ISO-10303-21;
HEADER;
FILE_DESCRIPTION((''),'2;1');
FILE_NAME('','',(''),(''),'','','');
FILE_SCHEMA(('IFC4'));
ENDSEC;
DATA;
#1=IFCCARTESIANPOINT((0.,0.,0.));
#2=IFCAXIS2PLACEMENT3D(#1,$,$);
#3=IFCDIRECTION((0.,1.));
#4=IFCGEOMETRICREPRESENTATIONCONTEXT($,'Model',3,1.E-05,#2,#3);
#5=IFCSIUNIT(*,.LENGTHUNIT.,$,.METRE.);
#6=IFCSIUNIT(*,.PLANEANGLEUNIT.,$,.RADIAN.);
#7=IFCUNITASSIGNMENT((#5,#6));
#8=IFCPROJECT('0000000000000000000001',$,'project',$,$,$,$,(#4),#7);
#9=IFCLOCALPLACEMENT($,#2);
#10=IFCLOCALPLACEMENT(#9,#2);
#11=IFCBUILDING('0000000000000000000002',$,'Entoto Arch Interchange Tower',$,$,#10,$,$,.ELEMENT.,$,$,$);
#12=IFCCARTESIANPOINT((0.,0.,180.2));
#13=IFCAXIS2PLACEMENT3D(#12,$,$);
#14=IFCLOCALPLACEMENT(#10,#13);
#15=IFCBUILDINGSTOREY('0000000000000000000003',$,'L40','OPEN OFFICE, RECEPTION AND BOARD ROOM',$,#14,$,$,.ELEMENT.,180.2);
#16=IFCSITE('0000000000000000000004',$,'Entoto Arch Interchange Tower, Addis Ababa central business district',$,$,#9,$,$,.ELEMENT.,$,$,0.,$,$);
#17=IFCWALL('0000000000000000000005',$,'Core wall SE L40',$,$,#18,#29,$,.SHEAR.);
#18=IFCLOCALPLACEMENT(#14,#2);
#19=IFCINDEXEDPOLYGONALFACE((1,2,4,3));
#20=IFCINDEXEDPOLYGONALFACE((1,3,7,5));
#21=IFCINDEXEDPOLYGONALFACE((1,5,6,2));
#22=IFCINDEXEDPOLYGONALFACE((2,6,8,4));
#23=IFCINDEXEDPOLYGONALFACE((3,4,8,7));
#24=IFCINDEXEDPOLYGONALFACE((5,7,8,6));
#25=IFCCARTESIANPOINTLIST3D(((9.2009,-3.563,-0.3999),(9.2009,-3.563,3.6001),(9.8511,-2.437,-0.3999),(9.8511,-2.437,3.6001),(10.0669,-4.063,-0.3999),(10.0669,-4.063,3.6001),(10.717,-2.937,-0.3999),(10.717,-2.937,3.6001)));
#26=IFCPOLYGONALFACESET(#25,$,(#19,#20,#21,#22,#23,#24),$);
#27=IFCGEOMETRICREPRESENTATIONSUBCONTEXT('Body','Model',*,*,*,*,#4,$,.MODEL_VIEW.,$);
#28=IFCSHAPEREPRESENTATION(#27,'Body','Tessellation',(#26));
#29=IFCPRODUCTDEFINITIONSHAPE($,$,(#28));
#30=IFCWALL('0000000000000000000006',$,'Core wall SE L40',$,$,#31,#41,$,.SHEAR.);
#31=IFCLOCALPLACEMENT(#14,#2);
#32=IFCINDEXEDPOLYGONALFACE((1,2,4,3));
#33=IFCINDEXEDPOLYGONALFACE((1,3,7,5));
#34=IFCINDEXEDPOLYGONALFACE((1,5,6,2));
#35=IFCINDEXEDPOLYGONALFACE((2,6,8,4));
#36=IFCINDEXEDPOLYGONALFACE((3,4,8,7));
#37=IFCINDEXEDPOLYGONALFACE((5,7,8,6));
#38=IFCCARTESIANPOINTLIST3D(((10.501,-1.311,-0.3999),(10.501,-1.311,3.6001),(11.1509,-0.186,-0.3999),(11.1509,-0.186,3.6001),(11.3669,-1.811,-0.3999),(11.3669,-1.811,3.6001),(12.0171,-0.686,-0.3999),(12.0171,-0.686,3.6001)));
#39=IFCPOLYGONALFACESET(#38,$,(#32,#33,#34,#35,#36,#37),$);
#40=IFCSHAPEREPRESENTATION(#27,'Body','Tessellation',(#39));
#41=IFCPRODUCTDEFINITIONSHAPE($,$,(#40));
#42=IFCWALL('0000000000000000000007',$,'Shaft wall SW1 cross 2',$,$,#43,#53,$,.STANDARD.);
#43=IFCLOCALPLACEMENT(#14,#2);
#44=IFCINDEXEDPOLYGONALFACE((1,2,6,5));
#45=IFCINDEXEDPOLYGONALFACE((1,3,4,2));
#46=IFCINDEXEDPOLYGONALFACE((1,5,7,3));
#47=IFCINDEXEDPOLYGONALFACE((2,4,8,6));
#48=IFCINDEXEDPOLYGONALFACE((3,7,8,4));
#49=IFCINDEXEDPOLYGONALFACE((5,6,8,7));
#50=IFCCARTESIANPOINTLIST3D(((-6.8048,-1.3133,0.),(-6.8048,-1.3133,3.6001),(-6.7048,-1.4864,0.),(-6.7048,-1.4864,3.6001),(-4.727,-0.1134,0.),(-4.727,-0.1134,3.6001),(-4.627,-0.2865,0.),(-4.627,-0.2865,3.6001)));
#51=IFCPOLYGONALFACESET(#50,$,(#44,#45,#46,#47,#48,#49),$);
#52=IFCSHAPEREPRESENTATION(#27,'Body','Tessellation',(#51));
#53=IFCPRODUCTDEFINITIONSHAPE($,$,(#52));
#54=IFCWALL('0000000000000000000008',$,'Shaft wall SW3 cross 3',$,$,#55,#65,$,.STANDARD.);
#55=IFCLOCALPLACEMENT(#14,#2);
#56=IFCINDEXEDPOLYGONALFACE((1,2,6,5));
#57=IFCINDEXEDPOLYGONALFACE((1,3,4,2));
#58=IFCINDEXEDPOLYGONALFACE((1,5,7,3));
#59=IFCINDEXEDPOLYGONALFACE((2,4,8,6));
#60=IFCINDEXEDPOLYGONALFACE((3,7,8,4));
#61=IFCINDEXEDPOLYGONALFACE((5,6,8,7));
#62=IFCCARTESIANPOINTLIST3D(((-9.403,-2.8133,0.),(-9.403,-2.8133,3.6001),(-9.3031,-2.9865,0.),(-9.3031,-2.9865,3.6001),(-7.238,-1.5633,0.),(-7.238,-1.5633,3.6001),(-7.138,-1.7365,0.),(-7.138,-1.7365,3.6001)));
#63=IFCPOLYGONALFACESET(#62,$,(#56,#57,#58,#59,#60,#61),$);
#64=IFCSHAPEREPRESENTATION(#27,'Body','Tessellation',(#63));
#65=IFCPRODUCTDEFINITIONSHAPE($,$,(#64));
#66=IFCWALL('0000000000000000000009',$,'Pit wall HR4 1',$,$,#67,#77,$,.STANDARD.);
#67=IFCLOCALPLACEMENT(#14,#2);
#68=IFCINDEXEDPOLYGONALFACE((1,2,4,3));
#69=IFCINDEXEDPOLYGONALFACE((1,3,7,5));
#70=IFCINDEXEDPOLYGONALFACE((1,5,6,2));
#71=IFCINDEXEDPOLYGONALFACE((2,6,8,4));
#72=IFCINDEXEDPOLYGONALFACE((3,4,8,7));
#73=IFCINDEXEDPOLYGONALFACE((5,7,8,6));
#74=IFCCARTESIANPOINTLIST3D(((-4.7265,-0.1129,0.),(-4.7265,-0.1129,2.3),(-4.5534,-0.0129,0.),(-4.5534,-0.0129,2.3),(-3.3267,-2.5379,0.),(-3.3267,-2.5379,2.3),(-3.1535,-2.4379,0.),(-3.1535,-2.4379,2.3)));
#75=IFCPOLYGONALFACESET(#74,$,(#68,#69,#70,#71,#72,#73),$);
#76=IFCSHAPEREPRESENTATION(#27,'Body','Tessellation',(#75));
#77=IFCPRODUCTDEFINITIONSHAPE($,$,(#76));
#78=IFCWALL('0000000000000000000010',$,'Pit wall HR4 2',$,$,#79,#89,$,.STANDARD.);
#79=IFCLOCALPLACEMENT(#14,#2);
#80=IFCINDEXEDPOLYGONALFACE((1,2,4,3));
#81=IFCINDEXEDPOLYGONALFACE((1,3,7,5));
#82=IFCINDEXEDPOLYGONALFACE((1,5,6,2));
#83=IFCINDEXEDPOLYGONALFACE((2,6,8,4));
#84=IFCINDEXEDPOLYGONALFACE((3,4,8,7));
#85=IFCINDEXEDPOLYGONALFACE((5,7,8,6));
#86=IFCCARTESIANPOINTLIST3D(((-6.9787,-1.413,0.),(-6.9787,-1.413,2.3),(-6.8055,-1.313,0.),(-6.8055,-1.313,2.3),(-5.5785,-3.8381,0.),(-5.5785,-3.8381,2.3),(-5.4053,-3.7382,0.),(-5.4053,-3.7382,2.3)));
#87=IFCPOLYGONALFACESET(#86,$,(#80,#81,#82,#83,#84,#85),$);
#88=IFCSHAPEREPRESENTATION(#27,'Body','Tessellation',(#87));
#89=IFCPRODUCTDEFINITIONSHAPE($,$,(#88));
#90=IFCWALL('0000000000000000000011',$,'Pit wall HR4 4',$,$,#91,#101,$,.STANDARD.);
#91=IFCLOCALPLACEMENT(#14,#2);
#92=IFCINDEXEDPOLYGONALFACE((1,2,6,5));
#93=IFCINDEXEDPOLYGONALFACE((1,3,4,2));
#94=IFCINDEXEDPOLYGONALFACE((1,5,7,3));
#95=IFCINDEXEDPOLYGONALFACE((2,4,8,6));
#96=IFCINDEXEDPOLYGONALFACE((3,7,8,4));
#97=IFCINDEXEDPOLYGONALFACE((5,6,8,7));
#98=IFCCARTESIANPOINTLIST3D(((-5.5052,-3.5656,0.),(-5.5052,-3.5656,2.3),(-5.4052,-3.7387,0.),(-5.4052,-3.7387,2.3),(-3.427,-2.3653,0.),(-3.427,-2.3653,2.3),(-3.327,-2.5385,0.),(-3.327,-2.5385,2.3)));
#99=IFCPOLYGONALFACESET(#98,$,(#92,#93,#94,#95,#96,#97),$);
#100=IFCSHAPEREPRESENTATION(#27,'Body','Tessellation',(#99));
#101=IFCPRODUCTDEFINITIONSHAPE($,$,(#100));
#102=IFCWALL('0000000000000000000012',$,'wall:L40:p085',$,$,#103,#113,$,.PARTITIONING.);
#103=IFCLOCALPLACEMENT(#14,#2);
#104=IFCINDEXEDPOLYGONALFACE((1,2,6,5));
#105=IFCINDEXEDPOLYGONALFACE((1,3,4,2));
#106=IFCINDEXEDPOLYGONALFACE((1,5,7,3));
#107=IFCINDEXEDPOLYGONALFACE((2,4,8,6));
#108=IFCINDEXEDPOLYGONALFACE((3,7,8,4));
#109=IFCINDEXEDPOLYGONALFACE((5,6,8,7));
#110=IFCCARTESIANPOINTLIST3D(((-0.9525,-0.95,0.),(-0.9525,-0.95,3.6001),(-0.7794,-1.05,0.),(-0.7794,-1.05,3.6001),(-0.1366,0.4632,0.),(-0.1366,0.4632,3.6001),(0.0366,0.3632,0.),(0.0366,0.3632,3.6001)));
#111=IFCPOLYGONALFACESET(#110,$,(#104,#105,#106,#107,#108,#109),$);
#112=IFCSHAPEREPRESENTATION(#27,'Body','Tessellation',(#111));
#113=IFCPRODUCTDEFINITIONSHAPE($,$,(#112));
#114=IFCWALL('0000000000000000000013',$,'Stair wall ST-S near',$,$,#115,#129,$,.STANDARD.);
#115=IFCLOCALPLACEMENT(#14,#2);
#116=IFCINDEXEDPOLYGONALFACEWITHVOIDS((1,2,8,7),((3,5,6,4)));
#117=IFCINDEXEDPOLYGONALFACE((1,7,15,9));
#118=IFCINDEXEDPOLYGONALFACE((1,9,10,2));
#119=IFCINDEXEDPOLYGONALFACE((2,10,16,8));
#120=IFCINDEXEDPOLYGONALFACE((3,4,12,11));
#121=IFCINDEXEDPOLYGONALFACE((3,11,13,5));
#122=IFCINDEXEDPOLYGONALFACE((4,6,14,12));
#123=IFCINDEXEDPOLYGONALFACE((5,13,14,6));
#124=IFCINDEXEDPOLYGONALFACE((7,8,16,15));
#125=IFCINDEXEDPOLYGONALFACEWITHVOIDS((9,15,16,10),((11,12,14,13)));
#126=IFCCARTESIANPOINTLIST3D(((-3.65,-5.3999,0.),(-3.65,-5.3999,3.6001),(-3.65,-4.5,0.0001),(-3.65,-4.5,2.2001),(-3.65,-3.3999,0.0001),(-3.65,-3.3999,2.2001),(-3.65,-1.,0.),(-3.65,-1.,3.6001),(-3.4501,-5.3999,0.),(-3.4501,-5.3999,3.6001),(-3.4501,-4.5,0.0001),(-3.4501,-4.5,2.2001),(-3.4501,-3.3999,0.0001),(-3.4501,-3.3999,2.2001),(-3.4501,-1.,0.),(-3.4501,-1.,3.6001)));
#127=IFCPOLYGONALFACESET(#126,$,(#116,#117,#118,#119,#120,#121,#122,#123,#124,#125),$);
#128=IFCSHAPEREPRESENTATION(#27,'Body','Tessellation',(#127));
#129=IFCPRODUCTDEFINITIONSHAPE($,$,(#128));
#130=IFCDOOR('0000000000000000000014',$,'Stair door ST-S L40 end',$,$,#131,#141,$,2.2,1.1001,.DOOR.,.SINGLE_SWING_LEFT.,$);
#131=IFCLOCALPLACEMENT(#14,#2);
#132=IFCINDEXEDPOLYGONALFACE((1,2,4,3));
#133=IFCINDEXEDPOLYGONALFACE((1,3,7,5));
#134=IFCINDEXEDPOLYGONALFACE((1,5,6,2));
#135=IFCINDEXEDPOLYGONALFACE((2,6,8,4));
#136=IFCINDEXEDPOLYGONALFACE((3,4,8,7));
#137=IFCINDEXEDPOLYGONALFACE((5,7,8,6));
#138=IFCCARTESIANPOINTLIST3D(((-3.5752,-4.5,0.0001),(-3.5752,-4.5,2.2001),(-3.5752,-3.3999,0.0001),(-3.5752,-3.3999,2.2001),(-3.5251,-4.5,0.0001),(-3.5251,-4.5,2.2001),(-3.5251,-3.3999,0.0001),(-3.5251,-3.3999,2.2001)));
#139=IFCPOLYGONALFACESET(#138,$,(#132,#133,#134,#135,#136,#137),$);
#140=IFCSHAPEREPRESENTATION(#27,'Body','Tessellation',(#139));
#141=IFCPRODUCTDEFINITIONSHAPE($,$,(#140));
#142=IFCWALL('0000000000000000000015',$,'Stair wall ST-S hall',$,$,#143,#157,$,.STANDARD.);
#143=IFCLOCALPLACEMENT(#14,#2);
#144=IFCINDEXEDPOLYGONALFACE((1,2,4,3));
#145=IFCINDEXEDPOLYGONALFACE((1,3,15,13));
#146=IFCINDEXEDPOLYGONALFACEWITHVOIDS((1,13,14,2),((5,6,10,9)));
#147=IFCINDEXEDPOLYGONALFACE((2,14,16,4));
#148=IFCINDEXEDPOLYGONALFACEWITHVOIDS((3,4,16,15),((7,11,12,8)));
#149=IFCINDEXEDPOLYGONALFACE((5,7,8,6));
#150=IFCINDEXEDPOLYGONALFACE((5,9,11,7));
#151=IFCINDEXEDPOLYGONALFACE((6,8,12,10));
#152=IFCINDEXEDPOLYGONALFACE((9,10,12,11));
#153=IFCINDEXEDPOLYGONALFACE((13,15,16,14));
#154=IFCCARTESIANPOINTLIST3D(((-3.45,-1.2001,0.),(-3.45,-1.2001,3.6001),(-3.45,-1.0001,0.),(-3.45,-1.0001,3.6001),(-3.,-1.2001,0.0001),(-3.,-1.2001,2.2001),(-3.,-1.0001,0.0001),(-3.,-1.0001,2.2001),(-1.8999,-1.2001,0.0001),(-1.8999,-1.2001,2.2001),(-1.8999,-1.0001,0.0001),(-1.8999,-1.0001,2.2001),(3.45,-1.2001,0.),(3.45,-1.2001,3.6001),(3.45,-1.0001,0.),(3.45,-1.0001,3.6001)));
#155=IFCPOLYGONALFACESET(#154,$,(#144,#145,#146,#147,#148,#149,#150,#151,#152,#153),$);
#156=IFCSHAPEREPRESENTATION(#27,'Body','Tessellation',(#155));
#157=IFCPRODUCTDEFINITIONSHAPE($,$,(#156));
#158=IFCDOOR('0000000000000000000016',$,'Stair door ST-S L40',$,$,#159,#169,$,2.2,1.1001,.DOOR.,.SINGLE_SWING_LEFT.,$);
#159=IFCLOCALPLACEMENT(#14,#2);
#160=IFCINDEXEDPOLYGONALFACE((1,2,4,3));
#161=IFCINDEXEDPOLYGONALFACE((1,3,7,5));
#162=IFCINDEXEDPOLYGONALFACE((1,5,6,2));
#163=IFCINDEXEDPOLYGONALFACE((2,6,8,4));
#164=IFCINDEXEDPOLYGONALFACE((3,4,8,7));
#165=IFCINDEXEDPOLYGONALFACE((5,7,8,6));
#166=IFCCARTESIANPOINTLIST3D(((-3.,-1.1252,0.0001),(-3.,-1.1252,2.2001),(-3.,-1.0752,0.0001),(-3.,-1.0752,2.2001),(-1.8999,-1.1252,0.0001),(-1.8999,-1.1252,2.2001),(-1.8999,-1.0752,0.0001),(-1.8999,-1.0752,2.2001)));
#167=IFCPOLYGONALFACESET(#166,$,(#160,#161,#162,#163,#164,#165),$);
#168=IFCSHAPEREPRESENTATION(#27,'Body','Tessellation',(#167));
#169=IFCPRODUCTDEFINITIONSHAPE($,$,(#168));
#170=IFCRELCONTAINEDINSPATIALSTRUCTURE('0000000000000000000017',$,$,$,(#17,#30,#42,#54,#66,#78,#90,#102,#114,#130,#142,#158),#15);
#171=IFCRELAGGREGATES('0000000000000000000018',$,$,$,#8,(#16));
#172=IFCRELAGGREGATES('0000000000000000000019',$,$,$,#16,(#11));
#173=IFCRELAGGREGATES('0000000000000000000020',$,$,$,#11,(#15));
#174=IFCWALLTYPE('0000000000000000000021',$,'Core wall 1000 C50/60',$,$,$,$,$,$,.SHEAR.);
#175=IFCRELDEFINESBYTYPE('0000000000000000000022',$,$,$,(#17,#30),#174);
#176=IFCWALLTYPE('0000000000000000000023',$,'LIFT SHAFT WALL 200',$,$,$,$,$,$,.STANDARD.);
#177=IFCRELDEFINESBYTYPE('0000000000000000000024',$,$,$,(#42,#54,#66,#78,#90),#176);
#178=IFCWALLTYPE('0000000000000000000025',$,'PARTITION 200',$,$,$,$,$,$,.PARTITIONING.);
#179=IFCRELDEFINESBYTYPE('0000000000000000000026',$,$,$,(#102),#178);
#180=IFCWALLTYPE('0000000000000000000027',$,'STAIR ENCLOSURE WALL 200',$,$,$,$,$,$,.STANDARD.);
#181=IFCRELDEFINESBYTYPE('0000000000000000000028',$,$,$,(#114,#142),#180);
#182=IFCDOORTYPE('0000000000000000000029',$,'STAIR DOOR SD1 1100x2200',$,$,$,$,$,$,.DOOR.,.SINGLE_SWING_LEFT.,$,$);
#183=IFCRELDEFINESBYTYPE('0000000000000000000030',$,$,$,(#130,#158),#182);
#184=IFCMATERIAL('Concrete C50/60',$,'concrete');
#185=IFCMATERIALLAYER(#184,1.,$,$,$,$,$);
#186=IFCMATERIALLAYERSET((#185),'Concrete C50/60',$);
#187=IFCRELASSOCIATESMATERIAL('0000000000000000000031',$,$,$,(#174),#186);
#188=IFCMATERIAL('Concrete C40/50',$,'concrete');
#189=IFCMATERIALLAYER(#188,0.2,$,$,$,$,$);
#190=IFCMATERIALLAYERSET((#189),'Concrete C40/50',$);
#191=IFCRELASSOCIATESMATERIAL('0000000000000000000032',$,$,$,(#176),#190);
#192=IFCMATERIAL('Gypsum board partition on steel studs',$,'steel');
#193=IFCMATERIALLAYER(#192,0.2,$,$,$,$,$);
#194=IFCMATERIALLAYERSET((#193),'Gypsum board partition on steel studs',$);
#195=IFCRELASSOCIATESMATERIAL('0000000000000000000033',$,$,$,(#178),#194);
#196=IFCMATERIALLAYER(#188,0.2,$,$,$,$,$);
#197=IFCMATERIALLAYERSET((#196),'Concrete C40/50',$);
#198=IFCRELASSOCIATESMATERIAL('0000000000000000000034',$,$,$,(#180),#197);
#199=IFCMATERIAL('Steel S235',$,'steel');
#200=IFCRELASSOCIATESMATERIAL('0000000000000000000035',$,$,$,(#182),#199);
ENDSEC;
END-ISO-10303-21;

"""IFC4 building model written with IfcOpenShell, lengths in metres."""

from ifc_helpers import new_model, si_unit, direction, frame, frame_2d, origin, place, context, subcontext, project, spatial, polyline, rectangle, outline, extrude, material, layer, layer_set, type_object, element, fill, save


model = new_model("IFC4")

# Units and contexts
model_context = context("Model", 3, precision=1e-05, world=origin(), true_north=direction((0.0, 1.0)))
body_context = subcontext(model_context, "Body", "Model", "MODEL_VIEW")
ifc_project = project(units=[si_unit("LENGTHUNIT", "METRE"), si_unit("PLANEANGLEUNIT", "RADIAN")], contexts=[model_context])

# Site, building, storey
site_placement = place(None, origin())
site = spatial("IfcSite", under=ifc_project, at=site_placement, Name="Entoto Arch Interchange Tower, Addis Ababa central business district", CompositionType="ELEMENT", RefElevation=0.0)
building_placement = place(site_placement, origin())
building = spatial("IfcBuilding", under=site, at=building_placement, Name="Entoto Arch Interchange Tower", CompositionType="ELEMENT")
storey_placement = place(building_placement, frame((0.0, 0.0, 180.2)))
storey = spatial("IfcBuildingStorey", under=building, at=storey_placement, Name="L40", Description="OPEN OFFICE, RECEPTION AND BOARD ROOM", CompositionType="ELEMENT", Elevation=180.2)

# Shared definitions
ifc_material_1 = material(Name="Concrete C40/50", Category="concrete")

# Walls
ifc_material_2 = material(Name="Concrete C50/60", Category="concrete")
ifc_layer_1 = layer(ifc_material_2, 1.0)
ifc_layer_set_1 = layer_set([ifc_layer_1], Name="Concrete C50/60")
wall_type_1 = type_object("IfcWallType", Name="Core wall 1000 C50/60", PredefinedType="SHEAR", material=ifc_layer_set_1)
wall_1_placement = place(storey_placement, frame((0.0, 0.0, -0.3999)))
element("IfcWall", 1, at=wall_1_placement, inside=storey, type_object=wall_type_1, Name="Core wall SE L40", PredefinedType="SHEAR", context=body_context, shape_type="SweptSolid", body=[
    extrude(outline(polyline([(10.717, -2.937), (9.8511, -2.437), (9.2009, -3.563), (10.0669, -4.063), (10.717, -2.937)])), origin(), (0.0, 0.0, 1.0), 4.0),
])
wall_2_placement = place(storey_placement, frame((0.0, 0.0, -0.3999)))
element("IfcWall", 2, at=wall_2_placement, inside=storey, type_object=wall_type_1, Name="Core wall SE L40", PredefinedType="SHEAR", context=body_context, shape_type="SweptSolid", body=[
    extrude(outline(polyline([(12.0171, -0.686), (11.1509, -0.186), (10.501, -1.311), (11.3669, -1.811), (12.0171, -0.686)])), origin(), (0.0, 0.0, 1.0), 4.0),
])
ifc_layer_2 = layer(ifc_material_1, 0.2)
ifc_layer_set_2 = layer_set([ifc_layer_2], Name="Concrete C40/50")
wall_type_2 = type_object("IfcWallType", Name="LIFT SHAFT WALL 200", PredefinedType="STANDARD", material=ifc_layer_set_2)
wall_3_placement = place(storey_placement, frame((-4.677, -0.2, 0.0), z_axis=(0.0, 0.0, 1.0), x_axis=(-0.865974, -0.500089, 0.0)))
element("IfcWall", 3, at=wall_3_placement, inside=storey, type_object=wall_type_2, Name="Shaft wall SW1 cross 2", PredefinedType="STANDARD", context=body_context, shape_type="SweptSolid", body=[
    extrude(rectangle(XDim=2.3994, YDim=0.2, at=frame_2d((1.1997, 0.0))), origin(), (0.0, 0.0, 1.0), 3.6001),
])
wall_4_placement = place(storey_placement, frame((-7.188, -1.6499, 0.0), z_axis=(0.0, 0.0, 1.0), x_axis=(-0.866023, -0.500004, 0.0)))
element("IfcWall", 4, at=wall_4_placement, inside=storey, type_object=wall_type_2, Name="Shaft wall SW3 cross 3", PredefinedType="STANDARD", context=body_context, shape_type="SweptSolid", body=[
    extrude(rectangle(XDim=2.5, YDim=0.2, at=frame_2d((1.25, 0.0))), origin(), (0.0, 0.0, 1.0), 3.6001),
])
wall_5_placement = place(storey_placement, frame((-4.6399, -0.063, 0.0), z_axis=(0.0, 0.0, 1.0), x_axis=(0.499946, -0.866056, 0.0)))
element("IfcWall", 5, at=wall_5_placement, inside=storey, type_object=wall_type_2, Name="Pit wall HR4 1", PredefinedType="STANDARD", context=body_context, shape_type="SweptSolid", body=[
    extrude(rectangle(XDim=2.8, YDim=0.2, at=frame_2d((1.3999, 0.0))), origin(), (0.0, 0.0, 1.0), 2.3),
])
wall_6_placement = place(storey_placement, frame((-6.8921, -1.363, 0.0), z_axis=(0.0, 0.0, 1.0), x_axis=(0.500012, -0.866019, 0.0)))
element("IfcWall", 6, at=wall_6_placement, inside=storey, type_object=wall_type_2, Name="Pit wall HR4 2", PredefinedType="STANDARD", context=body_context, shape_type="SweptSolid", body=[
    extrude(rectangle(XDim=2.8003, YDim=0.2, at=frame_2d((1.4001, 0.0))), origin(), (0.0, 0.0, 1.0), 2.3),
])
wall_7_placement = place(storey_placement, frame((-3.377, -2.4519, 0.0), z_axis=(0.0, 0.0, 1.0), x_axis=(-0.865955, -0.500122, 0.0)))
element("IfcWall", 7, at=wall_7_placement, inside=storey, type_object=wall_type_2, Name="Pit wall HR4 4", PredefinedType="STANDARD", context=body_context, shape_type="SweptSolid", body=[
    extrude(rectangle(XDim=2.3999, YDim=0.2, at=frame_2d((1.2, 0.0))), origin(), (0.0, 0.0, 1.0), 2.3),
])
ifc_material_3 = material(Name="Gypsum board partition on steel studs", Category="steel")
ifc_layer_3 = layer(ifc_material_3, 0.2)
ifc_layer_set_3 = layer_set([ifc_layer_3], Name="Gypsum board partition on steel studs")
wall_type_3 = type_object("IfcWallType", Name="PARTITION 200", PredefinedType="PARTITIONING", material=ifc_layer_set_3)
wall_8_placement = place(storey_placement, frame((-0.866, -1.0, 0.0), z_axis=(0.0, 0.0, 1.0), x_axis=(0.500033, 0.866006, 0.0)))
element("IfcWall", 8, at=wall_8_placement, inside=storey, type_object=wall_type_3, Name="wall:L40:p085", PredefinedType="PARTITIONING", context=body_context, shape_type="SweptSolid", body=[
    extrude(rectangle(XDim=1.6318, YDim=0.2, at=frame_2d((0.8159, 0.0))), origin(), (0.0, 0.0, 1.0), 3.6001),
])

# Walls, openings, doors
ifc_layer_4 = layer(ifc_material_1, 0.2)
ifc_layer_set_4 = layer_set([ifc_layer_4], Name="Concrete C40/50")
wall_type_4 = type_object("IfcWallType", Name="STAIR ENCLOSURE WALL 200", PredefinedType="STANDARD", material=ifc_layer_set_4)
wall_9_placement = place(storey_placement, frame((-3.55, -1.0, 0.0), z_axis=(0.0, 0.0, 1.0), x_axis=(0.0, -1.0, 0.0)))
wall_9 = element("IfcWall", 9, at=wall_9_placement, inside=storey, type_object=wall_type_4, Name="Stair wall ST-S near", PredefinedType="STANDARD", context=body_context, shape_type="SweptSolid", body=[
    extrude(rectangle(XDim=4.3999, YDim=0.2, at=frame_2d((2.2, 0.0))), origin(), (0.0, 0.0, 1.0), 3.6001),
])
opening_1_placement = place(wall_9_placement, frame((2.3999, 0.0, 0.0)))
opening_1 = element("IfcOpeningElement", 10, at=opening_1_placement, cuts=wall_9, PredefinedType="OPENING", context=body_context, shape_type="SweptSolid", body=[
    extrude(rectangle(XDim=1.1001, YDim=2.2, at=frame_2d((0.55, 1.1001))), frame((0.0, 0.1099, 0.0), z_axis=(0.0, -1.0, 0.0), x_axis=(1.0, 0.0, 0.0)), (0.0, 0.0, 1.0), 0.22),
])
ifc_material_4 = material(Name="Steel S235", Category="steel")
door_type = type_object("IfcDoorType", Name="STAIR DOOR SD1 1100x2200", OperationType="SINGLE_SWING_LEFT", PredefinedType="DOOR", material=ifc_material_4)
door_1_placement = place(opening_1_placement, origin())
door_1 = element("IfcDoor", 11, at=door_1_placement, inside=storey, type_object=door_type, Name="Stair door ST-S L40 end", OperationType="SINGLE_SWING_LEFT", OverallHeight=2.2, OverallWidth=1.1001, PredefinedType="DOOR", context=body_context, shape_type="SweptSolid", body=[
    extrude(rectangle(XDim=1.1001, YDim=2.2, at=frame_2d((0.55, 1.1001))), frame((0.0, 0.0249, 0.0), z_axis=(0.0, -1.0, 0.0), x_axis=(1.0, 0.0, 0.0)), (0.0, 0.0, 1.0), 0.05),
])
fill(opening_1, door_1)
wall_10_placement = place(storey_placement, frame((-3.45, -1.1001, 0.0), z_axis=(0.0, 0.0, 1.0), x_axis=(1.0, 0.0, 0.0)))
wall_10 = element("IfcWall", 12, at=wall_10_placement, inside=storey, type_object=wall_type_4, Name="Stair wall ST-S hall", PredefinedType="STANDARD", context=body_context, shape_type="SweptSolid", body=[
    extrude(rectangle(XDim=6.8999, YDim=0.2, at=frame_2d((3.45, 0.0))), origin(), (0.0, 0.0, 1.0), 3.6001),
])
opening_2_placement = place(wall_10_placement, frame((0.45, 0.0, 0.0)))
opening_2 = element("IfcOpeningElement", 13, at=opening_2_placement, cuts=wall_10, PredefinedType="OPENING", context=body_context, shape_type="SweptSolid", body=[
    extrude(rectangle(XDim=1.1001, YDim=2.2, at=frame_2d((0.55, 1.1001))), frame((0.0, 0.1099, 0.0), z_axis=(0.0, -1.0, 0.0), x_axis=(1.0, 0.0, 0.0)), (0.0, 0.0, 1.0), 0.22),
])
door_2_placement = place(opening_2_placement, origin())
door_2 = element("IfcDoor", 14, at=door_2_placement, inside=storey, type_object=door_type, Name="Stair door ST-S L40", OperationType="SINGLE_SWING_LEFT", OverallHeight=2.2, OverallWidth=1.1001, PredefinedType="DOOR", context=body_context, shape_type="SweptSolid", body=[
    extrude(rectangle(XDim=1.1001, YDim=2.2, at=frame_2d((0.55, 1.1001))), frame((0.0, 0.0249, 0.0), z_axis=(0.0, -1.0, 0.0), x_axis=(1.0, 0.0, 0.0)), (0.0, 0.0, 1.0), 0.05),
])
fill(opening_2, door_2)

save(model, "model.ifc")
